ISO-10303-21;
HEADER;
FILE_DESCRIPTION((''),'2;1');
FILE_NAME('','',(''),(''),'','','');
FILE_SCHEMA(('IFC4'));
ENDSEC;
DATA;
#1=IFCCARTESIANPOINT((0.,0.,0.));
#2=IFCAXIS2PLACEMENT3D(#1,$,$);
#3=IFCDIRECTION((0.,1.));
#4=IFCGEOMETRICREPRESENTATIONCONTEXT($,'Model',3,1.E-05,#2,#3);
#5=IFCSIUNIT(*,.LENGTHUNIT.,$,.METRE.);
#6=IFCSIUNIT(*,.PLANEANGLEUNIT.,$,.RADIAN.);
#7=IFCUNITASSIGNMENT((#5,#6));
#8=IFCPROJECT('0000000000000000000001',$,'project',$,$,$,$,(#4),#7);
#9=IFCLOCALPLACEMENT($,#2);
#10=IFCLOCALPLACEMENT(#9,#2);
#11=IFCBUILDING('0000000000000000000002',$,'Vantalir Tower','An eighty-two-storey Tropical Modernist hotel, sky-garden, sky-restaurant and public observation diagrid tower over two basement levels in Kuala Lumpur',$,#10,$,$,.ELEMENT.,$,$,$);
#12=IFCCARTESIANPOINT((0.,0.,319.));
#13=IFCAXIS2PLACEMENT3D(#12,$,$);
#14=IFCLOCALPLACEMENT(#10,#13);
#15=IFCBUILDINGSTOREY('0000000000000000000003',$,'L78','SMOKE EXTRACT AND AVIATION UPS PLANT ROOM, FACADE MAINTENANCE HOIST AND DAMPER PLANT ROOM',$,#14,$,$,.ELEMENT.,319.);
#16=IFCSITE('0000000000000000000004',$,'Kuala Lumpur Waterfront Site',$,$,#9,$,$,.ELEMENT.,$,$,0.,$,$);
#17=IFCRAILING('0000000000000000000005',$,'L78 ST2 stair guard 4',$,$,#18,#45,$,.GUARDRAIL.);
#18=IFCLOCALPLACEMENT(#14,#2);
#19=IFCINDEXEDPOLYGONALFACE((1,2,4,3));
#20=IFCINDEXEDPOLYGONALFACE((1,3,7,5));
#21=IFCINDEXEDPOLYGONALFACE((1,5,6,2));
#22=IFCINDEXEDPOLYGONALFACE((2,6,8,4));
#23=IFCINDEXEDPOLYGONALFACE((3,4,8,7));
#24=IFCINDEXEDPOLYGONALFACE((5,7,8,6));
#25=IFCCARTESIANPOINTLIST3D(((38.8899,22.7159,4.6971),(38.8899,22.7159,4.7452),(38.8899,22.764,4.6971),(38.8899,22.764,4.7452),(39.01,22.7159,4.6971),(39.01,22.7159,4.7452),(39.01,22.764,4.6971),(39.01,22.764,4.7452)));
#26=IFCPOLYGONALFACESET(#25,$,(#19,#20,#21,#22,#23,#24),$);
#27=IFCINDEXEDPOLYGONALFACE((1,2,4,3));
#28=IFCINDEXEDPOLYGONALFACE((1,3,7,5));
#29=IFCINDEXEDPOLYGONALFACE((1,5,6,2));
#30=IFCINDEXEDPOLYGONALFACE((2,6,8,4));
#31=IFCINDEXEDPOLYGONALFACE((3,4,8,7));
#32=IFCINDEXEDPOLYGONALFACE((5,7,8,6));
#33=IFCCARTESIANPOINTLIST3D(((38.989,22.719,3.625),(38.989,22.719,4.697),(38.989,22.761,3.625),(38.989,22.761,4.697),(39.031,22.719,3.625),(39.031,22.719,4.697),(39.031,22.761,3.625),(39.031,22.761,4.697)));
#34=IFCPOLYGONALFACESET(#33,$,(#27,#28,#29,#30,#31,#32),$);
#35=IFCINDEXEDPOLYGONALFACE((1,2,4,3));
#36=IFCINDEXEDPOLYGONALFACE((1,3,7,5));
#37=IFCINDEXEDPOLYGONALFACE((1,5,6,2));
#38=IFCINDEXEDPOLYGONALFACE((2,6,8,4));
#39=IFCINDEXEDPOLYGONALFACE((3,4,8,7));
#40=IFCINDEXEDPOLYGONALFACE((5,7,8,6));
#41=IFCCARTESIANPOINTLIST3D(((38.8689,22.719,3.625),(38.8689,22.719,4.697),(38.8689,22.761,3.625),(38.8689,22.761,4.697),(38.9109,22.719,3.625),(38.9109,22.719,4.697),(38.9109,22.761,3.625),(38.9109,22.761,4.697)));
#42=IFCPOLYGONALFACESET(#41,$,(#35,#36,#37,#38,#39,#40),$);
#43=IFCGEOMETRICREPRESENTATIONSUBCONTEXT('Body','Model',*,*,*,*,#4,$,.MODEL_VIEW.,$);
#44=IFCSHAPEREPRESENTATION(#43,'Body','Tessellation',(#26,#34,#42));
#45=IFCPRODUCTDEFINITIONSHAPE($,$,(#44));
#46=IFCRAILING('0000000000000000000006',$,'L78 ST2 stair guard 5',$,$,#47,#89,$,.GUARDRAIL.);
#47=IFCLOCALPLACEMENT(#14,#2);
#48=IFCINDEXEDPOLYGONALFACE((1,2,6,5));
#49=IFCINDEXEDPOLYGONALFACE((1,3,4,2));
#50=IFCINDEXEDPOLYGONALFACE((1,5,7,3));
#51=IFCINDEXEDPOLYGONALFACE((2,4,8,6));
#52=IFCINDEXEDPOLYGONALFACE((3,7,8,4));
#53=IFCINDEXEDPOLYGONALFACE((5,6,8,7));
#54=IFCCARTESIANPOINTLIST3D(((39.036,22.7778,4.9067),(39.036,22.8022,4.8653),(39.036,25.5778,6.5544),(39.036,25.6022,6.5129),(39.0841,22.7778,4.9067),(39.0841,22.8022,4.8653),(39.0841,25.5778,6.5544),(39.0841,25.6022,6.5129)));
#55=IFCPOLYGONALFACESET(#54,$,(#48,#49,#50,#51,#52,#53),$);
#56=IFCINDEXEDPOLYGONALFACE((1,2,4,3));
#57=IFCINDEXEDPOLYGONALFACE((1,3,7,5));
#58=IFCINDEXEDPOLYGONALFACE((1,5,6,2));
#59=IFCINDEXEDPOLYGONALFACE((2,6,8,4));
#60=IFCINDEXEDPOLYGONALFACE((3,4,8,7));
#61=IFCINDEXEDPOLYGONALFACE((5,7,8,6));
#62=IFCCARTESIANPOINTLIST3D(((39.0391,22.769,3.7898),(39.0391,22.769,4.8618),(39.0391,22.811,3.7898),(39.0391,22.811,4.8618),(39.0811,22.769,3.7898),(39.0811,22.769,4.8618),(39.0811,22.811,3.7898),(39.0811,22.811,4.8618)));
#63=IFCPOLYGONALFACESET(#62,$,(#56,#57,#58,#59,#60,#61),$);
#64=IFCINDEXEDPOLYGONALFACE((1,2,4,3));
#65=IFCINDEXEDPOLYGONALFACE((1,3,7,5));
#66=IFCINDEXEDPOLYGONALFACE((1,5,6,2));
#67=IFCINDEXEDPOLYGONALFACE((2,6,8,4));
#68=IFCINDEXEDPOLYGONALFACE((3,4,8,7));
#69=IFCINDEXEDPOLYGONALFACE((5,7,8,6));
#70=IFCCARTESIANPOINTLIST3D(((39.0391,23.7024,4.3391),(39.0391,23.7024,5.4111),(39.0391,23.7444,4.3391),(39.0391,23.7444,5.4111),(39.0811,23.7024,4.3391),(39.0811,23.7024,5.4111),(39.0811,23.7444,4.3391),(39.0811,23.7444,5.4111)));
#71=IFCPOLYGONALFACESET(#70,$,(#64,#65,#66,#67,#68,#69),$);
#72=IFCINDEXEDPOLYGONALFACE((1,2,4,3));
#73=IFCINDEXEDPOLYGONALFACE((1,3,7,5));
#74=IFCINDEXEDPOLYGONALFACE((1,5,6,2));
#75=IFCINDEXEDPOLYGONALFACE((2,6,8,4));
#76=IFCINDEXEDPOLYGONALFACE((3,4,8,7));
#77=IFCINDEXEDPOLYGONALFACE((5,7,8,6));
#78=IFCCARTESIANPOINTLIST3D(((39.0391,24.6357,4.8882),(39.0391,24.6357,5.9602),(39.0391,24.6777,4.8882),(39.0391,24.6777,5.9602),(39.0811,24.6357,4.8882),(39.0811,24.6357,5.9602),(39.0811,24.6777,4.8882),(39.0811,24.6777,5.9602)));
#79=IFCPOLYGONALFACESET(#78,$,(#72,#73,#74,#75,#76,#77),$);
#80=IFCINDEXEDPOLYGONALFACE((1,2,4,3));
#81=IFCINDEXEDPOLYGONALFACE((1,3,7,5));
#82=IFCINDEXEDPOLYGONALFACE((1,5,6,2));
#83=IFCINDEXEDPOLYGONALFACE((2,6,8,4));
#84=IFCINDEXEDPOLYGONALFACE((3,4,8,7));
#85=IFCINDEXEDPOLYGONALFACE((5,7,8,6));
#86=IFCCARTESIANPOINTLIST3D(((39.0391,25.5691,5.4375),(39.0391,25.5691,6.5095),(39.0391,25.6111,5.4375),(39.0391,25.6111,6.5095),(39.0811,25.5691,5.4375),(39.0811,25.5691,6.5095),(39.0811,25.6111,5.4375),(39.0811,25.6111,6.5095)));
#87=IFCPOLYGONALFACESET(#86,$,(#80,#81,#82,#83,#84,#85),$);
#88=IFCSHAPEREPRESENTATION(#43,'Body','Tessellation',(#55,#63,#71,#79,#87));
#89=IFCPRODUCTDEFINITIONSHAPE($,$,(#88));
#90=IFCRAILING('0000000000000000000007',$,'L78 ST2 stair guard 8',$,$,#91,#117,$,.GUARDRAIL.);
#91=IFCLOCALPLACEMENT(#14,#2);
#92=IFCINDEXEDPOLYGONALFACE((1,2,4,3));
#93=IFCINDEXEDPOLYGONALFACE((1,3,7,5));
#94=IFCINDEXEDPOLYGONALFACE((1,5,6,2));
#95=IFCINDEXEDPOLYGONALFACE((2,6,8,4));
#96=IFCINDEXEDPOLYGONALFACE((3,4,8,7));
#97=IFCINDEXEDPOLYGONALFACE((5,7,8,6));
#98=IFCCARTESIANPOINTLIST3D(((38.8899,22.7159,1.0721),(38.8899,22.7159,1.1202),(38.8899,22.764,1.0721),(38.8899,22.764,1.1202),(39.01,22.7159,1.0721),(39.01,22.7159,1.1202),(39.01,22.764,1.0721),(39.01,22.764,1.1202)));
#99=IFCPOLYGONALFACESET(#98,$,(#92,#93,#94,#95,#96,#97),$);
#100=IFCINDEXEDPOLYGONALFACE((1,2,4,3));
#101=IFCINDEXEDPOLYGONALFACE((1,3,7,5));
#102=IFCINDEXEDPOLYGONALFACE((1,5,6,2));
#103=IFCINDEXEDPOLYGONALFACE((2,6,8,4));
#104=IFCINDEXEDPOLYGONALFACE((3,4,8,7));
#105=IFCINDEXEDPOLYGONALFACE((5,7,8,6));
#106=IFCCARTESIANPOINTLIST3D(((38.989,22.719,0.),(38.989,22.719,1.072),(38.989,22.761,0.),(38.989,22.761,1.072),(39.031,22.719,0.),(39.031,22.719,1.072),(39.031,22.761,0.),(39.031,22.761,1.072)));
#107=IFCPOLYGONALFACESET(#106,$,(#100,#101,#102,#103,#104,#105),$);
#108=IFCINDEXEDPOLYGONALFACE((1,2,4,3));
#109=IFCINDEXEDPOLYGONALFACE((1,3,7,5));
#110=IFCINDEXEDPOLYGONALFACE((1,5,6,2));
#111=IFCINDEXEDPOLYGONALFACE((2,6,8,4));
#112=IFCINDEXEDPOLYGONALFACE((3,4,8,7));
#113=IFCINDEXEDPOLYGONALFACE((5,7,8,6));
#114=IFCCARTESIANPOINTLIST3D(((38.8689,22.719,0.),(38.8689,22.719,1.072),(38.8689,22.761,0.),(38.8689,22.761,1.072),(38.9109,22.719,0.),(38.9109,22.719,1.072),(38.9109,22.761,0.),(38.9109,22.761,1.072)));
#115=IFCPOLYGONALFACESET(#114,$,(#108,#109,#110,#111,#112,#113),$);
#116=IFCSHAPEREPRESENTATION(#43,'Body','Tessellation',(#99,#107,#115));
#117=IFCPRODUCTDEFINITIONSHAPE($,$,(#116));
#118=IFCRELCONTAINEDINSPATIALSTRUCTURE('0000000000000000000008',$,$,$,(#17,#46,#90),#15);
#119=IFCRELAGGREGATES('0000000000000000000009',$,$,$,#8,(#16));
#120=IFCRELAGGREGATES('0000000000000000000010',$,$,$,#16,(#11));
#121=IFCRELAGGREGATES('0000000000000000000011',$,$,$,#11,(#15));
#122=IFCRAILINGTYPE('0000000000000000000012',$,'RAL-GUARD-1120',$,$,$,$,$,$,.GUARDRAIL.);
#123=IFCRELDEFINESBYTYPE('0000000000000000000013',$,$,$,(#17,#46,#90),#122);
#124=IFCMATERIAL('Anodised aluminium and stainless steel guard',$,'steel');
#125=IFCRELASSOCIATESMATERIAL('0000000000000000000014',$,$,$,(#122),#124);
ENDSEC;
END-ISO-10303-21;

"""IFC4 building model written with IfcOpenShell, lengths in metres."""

from ifc_helpers import new_model, si_unit, direction, frame, origin, origin_2d, place, context, subcontext, project, spatial, rectangle, extrude, material, type_object, element, save


model = new_model("IFC4")

# Units and contexts
model_context = context("Model", 3, precision=1e-05, world=origin(), true_north=direction((0.0, 1.0)))
body_context = subcontext(model_context, "Body", "Model", "MODEL_VIEW")
ifc_project = project(units=[si_unit("LENGTHUNIT", "METRE"), si_unit("PLANEANGLEUNIT", "RADIAN")], contexts=[model_context])

# Site, building, storey
site_placement = place(None, origin())
site = spatial("IfcSite", under=ifc_project, at=site_placement, Name="Kuala Lumpur Waterfront Site", CompositionType="ELEMENT", RefElevation=0.0)
building_placement = place(site_placement, origin())
building = spatial("IfcBuilding", under=site, at=building_placement, Name="Vantalir Tower", Description="An eighty-two-storey Tropical Modernist hotel, sky-garden, sky-restaurant and public observation diagrid tower over two basement levels in Kuala Lumpur", CompositionType="ELEMENT")
storey_placement = place(building_placement, frame((0.0, 0.0, 319.0)))
storey = spatial("IfcBuildingStorey", under=building, at=storey_placement, Name="L78", Description="SMOKE EXTRACT AND AVIATION UPS PLANT ROOM, FACADE MAINTENANCE HOIST AND DAMPER PLANT ROOM", CompositionType="ELEMENT", Elevation=319.0)

# Railings
ifc_material_1 = material(Name="Anodised aluminium and stainless steel guard", Category="steel")
railing_type = type_object("IfcRailingType", Name="RAL-GUARD-1120", PredefinedType="GUARDRAIL", material=ifc_material_1)
railing_1_placement = place(storey_placement, frame((39.01, 22.74, 3.625)))
element("IfcRailing", 1, at=railing_1_placement, inside=storey, type_object=railing_type, Name="L78 ST2 stair guard 4", PredefinedType="GUARDRAIL", context=body_context, shape_type="SweptSolid", body=[
    extrude(rectangle(XDim=0.0481, YDim=0.0481, at=origin_2d()), frame((0.0, 0.0, 1.0962), z_axis=(-1.0, 0.0, 0.0), x_axis=(0.0, -1.0, 0.0)), (0.0, 0.0, 1.0), 0.1201),
    extrude(rectangle(XDim=0.042, YDim=0.042, at=origin_2d()), origin(), (0.0, 0.0, 1.0), 1.072),
    extrude(rectangle(XDim=0.042, YDim=0.042, at=origin_2d()), frame((-0.1201, 0.0, 0.0)), (0.0, 0.0, 1.0), 1.072),
])
railing_2_placement = place(storey_placement, frame((39.0601, 22.79, 3.7898)))
element("IfcRailing", 2, at=railing_2_placement, inside=storey, type_object=railing_type, Name="L78 ST2 stair guard 5", PredefinedType="GUARDRAIL", context=body_context, shape_type="SweptSolid", body=[
    extrude(rectangle(XDim=0.0481, YDim=0.0481, at=origin_2d()), frame((0.0, 0.0, 1.0962), z_axis=(0.0, 0.861851, 0.507161), x_axis=(-1.0, 0.0, 0.0)), (0.0, 0.0, 1.0), 3.2488),
    extrude(rectangle(XDim=0.042, YDim=0.042, at=origin_2d()), origin(), (0.0, 0.0, 1.0), 1.072),
    extrude(rectangle(XDim=0.042, YDim=0.042, at=origin_2d()), frame((0.0, 0.9333, 0.5493)), (0.0, 0.0, 1.0), 1.072),
    extrude(rectangle(XDim=0.042, YDim=0.042, at=origin_2d()), frame((0.0, 1.8667, 1.0984)), (0.0, 0.0, 1.0), 1.072),
    extrude(rectangle(XDim=0.042, YDim=0.042, at=origin_2d()), frame((0.0, 2.8, 1.6477)), (0.0, 0.0, 1.0), 1.072),
])
railing_3_placement = place(storey_placement, frame((39.01, 22.74, 0.0)))
element("IfcRailing", 3, at=railing_3_placement, inside=storey, type_object=railing_type, Name="L78 ST2 stair guard 8", PredefinedType="GUARDRAIL", context=body_context, shape_type="SweptSolid", body=[
    extrude(rectangle(XDim=0.0481, YDim=0.0481, at=origin_2d()), frame((0.0, 0.0, 1.0962), z_axis=(-1.0, 0.0, 0.0), x_axis=(0.0, -1.0, 0.0)), (0.0, 0.0, 1.0), 0.1201),
    extrude(rectangle(XDim=0.042, YDim=0.042, at=origin_2d()), origin(), (0.0, 0.0, 1.0), 1.072),
    extrude(rectangle(XDim=0.042, YDim=0.042, at=origin_2d()), frame((-0.1201, 0.0, 0.0)), (0.0, 0.0, 1.0), 1.072),
])

save(model, "model.ifc")
